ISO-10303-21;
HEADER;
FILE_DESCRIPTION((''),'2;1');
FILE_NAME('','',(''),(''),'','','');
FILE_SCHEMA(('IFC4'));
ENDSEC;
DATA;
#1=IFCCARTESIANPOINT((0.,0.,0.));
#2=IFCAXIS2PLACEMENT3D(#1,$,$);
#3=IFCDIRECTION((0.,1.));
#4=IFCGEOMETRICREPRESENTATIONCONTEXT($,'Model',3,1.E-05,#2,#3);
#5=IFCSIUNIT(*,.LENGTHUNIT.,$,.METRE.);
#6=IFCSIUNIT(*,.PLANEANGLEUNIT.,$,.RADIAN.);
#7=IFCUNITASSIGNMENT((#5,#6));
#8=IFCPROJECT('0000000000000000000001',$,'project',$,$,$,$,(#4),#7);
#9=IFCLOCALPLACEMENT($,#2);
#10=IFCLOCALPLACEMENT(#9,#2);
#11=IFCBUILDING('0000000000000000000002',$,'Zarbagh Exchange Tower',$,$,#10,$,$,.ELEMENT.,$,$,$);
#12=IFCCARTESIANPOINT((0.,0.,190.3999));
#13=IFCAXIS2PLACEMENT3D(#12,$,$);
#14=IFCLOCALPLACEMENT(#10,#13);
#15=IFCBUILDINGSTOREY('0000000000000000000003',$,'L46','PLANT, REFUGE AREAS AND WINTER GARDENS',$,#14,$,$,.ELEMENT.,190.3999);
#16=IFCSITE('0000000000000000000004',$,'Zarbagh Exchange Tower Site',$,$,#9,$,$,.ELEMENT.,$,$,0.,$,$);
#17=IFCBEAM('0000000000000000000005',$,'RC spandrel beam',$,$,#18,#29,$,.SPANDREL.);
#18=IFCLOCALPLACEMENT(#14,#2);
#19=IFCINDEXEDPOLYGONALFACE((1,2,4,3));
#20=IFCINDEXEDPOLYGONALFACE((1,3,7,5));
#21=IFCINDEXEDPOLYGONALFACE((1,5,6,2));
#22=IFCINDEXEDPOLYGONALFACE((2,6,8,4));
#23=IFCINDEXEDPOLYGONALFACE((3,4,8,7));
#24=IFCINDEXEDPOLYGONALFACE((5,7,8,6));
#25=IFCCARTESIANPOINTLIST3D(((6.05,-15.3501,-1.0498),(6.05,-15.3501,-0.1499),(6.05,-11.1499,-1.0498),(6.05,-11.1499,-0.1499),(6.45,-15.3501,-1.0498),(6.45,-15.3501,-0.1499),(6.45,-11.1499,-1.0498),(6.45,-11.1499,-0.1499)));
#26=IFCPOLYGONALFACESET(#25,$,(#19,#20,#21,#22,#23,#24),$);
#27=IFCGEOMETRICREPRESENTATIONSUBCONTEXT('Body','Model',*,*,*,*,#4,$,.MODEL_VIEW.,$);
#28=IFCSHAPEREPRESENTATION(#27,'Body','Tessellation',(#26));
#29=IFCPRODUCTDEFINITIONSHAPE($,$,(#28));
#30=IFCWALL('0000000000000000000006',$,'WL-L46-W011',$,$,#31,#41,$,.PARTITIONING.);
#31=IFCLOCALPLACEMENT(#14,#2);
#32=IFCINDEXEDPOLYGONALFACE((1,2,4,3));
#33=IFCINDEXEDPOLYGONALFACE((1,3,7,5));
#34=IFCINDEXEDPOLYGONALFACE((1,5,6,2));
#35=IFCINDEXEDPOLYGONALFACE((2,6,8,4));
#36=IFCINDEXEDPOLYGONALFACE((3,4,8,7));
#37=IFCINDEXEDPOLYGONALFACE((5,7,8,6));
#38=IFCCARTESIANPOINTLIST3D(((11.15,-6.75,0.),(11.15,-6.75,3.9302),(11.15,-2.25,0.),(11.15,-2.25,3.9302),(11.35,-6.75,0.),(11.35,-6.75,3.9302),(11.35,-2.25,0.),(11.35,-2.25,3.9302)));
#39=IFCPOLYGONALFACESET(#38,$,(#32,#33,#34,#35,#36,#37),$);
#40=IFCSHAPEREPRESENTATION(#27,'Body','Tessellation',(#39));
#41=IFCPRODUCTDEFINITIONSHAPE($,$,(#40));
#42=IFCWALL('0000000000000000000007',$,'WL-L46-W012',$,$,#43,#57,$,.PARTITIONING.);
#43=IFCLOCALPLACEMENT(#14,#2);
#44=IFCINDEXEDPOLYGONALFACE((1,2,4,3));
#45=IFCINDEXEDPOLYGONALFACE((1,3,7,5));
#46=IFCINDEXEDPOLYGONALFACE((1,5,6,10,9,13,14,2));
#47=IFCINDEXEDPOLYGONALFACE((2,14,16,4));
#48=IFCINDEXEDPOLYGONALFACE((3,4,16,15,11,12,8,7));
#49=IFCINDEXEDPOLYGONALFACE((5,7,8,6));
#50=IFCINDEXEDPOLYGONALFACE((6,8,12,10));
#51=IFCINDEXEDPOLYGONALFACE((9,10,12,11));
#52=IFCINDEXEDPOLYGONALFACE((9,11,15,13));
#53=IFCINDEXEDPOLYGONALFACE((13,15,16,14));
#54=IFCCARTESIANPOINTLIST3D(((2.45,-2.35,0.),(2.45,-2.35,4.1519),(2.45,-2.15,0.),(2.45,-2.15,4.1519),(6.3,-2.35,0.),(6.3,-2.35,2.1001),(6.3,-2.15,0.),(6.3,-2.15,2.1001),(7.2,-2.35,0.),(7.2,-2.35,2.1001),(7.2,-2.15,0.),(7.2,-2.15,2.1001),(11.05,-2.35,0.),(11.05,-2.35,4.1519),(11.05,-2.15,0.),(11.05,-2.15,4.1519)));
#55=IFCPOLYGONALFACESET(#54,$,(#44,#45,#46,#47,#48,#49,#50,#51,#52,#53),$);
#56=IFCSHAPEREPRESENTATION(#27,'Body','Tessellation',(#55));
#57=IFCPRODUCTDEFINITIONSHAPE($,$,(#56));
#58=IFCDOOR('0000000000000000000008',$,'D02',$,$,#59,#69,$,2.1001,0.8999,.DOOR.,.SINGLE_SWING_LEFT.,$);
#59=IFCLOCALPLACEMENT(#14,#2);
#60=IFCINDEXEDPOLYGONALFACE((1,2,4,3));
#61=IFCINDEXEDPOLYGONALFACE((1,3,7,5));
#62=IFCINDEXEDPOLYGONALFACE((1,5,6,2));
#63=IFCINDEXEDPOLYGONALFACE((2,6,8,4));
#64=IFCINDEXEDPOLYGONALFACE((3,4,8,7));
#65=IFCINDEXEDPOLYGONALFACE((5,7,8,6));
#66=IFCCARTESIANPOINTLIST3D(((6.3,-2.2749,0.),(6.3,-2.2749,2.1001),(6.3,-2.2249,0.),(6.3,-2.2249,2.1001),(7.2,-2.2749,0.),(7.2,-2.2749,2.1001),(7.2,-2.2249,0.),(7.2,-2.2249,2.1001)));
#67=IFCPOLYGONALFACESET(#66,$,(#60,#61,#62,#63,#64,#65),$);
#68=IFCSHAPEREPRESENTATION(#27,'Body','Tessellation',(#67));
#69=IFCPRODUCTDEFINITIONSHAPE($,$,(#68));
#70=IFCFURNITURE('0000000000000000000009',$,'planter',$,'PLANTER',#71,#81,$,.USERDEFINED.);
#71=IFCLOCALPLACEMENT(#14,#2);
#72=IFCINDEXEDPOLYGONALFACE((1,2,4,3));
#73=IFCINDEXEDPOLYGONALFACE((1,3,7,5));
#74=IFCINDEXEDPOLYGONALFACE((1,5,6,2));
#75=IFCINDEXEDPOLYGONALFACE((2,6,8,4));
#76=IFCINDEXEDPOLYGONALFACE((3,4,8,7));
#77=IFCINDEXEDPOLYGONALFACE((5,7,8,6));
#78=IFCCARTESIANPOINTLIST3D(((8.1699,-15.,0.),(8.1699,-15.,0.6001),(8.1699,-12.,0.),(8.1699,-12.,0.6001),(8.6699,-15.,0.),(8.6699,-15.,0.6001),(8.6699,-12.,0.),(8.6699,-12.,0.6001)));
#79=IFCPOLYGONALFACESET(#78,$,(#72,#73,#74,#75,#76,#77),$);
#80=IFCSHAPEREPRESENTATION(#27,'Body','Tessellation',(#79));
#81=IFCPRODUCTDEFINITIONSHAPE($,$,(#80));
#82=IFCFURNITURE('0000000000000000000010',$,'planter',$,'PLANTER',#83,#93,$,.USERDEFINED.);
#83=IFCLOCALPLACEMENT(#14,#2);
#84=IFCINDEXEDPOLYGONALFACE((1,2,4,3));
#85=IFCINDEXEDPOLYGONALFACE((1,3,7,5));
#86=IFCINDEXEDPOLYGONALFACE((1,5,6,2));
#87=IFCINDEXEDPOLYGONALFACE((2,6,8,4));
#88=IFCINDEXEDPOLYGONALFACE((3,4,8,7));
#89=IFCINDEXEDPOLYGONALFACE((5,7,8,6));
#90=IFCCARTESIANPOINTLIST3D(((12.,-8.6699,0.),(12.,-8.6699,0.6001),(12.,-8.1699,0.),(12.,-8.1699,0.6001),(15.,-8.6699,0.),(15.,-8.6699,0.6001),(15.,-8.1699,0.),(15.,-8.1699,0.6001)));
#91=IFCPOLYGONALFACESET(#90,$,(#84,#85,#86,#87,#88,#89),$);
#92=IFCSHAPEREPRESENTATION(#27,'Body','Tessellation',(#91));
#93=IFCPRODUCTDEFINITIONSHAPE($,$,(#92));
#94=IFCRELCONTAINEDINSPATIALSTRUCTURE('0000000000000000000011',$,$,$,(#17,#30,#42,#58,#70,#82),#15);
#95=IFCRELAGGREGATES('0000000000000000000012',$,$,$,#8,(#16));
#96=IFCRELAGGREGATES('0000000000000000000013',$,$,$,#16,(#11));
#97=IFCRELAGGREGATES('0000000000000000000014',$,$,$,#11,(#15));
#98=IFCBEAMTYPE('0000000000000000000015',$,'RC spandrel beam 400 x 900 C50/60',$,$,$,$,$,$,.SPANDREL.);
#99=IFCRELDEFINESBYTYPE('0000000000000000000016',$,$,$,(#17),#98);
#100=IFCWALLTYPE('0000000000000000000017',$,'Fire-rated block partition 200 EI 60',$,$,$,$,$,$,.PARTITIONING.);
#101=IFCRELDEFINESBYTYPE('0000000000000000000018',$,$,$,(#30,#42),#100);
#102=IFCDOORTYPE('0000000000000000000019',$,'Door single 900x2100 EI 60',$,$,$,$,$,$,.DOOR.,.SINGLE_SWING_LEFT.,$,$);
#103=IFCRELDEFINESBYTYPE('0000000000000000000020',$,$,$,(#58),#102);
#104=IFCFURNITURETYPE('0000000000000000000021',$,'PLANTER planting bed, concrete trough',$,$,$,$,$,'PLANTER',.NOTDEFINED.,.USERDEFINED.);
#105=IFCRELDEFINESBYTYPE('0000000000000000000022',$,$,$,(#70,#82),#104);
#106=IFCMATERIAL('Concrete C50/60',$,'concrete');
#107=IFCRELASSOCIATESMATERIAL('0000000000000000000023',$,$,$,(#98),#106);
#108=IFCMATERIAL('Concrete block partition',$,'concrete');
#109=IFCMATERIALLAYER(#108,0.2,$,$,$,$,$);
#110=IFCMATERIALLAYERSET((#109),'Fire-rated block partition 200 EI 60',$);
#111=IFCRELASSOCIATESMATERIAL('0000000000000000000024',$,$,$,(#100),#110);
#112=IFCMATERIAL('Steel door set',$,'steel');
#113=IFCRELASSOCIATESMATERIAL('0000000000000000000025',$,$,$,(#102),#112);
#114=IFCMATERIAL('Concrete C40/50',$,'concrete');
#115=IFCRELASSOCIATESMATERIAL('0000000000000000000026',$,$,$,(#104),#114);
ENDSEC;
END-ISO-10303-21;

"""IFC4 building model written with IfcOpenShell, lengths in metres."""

from ifc_helpers import new_model, si_unit, direction, frame, frame_2d, origin, origin_2d, place, context, subcontext, project, spatial, rectangle, extrude, material, layer, layer_set, material_profile, profile_set, type_object, element, fill, save


model = new_model("IFC4")

# Units and contexts
model_context = context("Model", 3, precision=1e-05, world=origin(), true_north=direction((0.0, 1.0)))
body_context = subcontext(model_context, "Body", "Model", "MODEL_VIEW")
ifc_project = project(units=[si_unit("LENGTHUNIT", "METRE"), si_unit("PLANEANGLEUNIT", "RADIAN")], contexts=[model_context])

# Site, building, storey
site_placement = place(None, origin())
site = spatial("IfcSite", under=ifc_project, at=site_placement, Name="Zarbagh Exchange Tower Site", CompositionType="ELEMENT", RefElevation=0.0)
building_placement = place(site_placement, origin())
building = spatial("IfcBuilding", under=site, at=building_placement, Name="Zarbagh Exchange Tower", CompositionType="ELEMENT")
storey_placement = place(building_placement, frame((0.0, 0.0, 190.3999)))
storey = spatial("IfcBuildingStorey", under=building, at=storey_placement, Name="L46", Description="PLANT, REFUGE AREAS AND WINTER GARDENS", CompositionType="ELEMENT", Elevation=190.3999)

# Shared definitions
ifc_material_1 = material(Name="Concrete C50/60", Category="concrete")

# Beam
ifc_material_2 = material(Name="Concrete C40/50", Category="concrete")
ifc_material_profile_1 = material_profile(ifc_material_1, rectangle(XDim=0.3999, YDim=0.8999, at=origin_2d()), Name="RC spandrel beam 400 x 900 C50/60")
ifc_profile_set_1 = profile_set([ifc_material_profile_1], Name="Concrete C50/60")
beam_type_1 = type_object("IfcBeamType", Name="RC spandrel beam 400 x 900 C50/60", PredefinedType="SPANDREL", material=ifc_profile_set_1)
beam_1_placement = place(storey_placement, frame((6.25, -11.1499, -0.5999), z_axis=(0.0, -1.0, 0.0), x_axis=(1.0, 0.0, 0.0)))
element("IfcBeam", 1, at=beam_1_placement, inside=storey, type_object=beam_type_1, Name="RC spandrel beam", PredefinedType="SPANDREL", context=body_context, shape_type="SweptSolid", body=[
    extrude(rectangle(XDim=0.3999, YDim=0.8999, at=origin_2d()), origin(), (0.0, 0.0, 1.0), 4.2002),
])

# Wall
ifc_material_3 = material(Name="Concrete block partition", Category="concrete")
ifc_layer_1 = layer(ifc_material_3, 0.2)
ifc_layer_set_1 = layer_set([ifc_layer_1], Name="Fire-rated block partition 200 EI 60")
wall_type_1 = type_object("IfcWallType", Name="Fire-rated block partition 200 EI 60", PredefinedType="PARTITIONING", material=ifc_layer_set_1)
wall_1_placement = place(storey_placement, frame((11.25, -2.25, 0.0), z_axis=(0.0, 0.0, 1.0), x_axis=(0.0, -1.0, 0.0)))
element("IfcWall", 2, at=wall_1_placement, inside=storey, type_object=wall_type_1, Name="WL-L46-W011", PredefinedType="PARTITIONING", context=body_context, shape_type="SweptSolid", body=[
    extrude(rectangle(XDim=4.5, YDim=0.2, at=frame_2d((2.25, 0.0))), origin(), (0.0, 0.0, 1.0), 3.9302),
])

# Wall, opening, door
wall_2_placement = place(storey_placement, frame((11.05, -2.25, 0.0), z_axis=(0.0, 0.0, 1.0), x_axis=(-1.0, 0.0, 0.0)))
wall_2 = element("IfcWall", 3, at=wall_2_placement, inside=storey, type_object=wall_type_1, Name="WL-L46-W012", PredefinedType="PARTITIONING", context=body_context, shape_type="SweptSolid", body=[
    extrude(rectangle(XDim=8.6001, YDim=0.2, at=frame_2d((4.3, 0.0))), origin(), (0.0, 0.0, 1.0), 4.1519),
])
opening_1_placement = place(wall_2_placement, frame((3.8501, 0.0, 0.0)))
opening_1 = element("IfcOpeningElement", 4, at=opening_1_placement, cuts=wall_2, PredefinedType="OPENING", context=body_context, shape_type="SweptSolid", body=[
    extrude(rectangle(XDim=0.8999, YDim=2.1001, at=frame_2d((0.45, 1.05))), frame((0.0, 0.1099, 0.0), z_axis=(0.0, -1.0, 0.0), x_axis=(1.0, 0.0, 0.0)), (0.0, 0.0, 1.0), 0.22),
])
ifc_material_4 = material(Name="Steel door set", Category="steel")
door_type_1 = type_object("IfcDoorType", Name="Door single 900x2100 EI 60", OperationType="SINGLE_SWING_LEFT", PredefinedType="DOOR", material=ifc_material_4)
door_1_placement = place(opening_1_placement, origin())
door_1 = element("IfcDoor", 5, at=door_1_placement, inside=storey, type_object=door_type_1, Name="D02", OperationType="SINGLE_SWING_LEFT", OverallHeight=2.1001, OverallWidth=0.8999, PredefinedType="DOOR", context=body_context, shape_type="SweptSolid", body=[
    extrude(rectangle(XDim=0.8999, YDim=2.1001, at=frame_2d((0.45, 1.05))), frame((0.0, 0.0249, 0.0), z_axis=(0.0, -1.0, 0.0), x_axis=(1.0, 0.0, 0.0)), (0.0, 0.0, 1.0), 0.05),
])
fill(opening_1, door_1)

# Furniture
furniture_type = type_object("IfcFurnitureType", Name="PLANTER planting bed, concrete trough", ElementType="PLANTER", AssemblyPlace="NOTDEFINED", PredefinedType="USERDEFINED", material=ifc_material_2)
for number, where, z_axis, x_axis, name in (
    (6, (8.4199, -13.5, 0.0), (0.0, 0.0, 1.0), (0.0, -1.0, 0.0), "planter"),
    (7, (13.5, -8.4199, 0.0), (0.0, 0.0, 1.0), (-1.0, 0.0, 0.0), "planter"),
):
    element("IfcFurniture", number, at=place(storey_placement, frame(where, z_axis=z_axis, x_axis=x_axis)), inside=storey, type_object=furniture_type, Name=name, ObjectType="PLANTER", PredefinedType="USERDEFINED", context=body_context, shape_type="SweptSolid", body=[
        extrude(rectangle(XDim=3.0, YDim=0.5, at=origin_2d()), origin(), (0.0, 0.0, 1.0), 0.6001),
    ])

save(model, "model.ifc")
